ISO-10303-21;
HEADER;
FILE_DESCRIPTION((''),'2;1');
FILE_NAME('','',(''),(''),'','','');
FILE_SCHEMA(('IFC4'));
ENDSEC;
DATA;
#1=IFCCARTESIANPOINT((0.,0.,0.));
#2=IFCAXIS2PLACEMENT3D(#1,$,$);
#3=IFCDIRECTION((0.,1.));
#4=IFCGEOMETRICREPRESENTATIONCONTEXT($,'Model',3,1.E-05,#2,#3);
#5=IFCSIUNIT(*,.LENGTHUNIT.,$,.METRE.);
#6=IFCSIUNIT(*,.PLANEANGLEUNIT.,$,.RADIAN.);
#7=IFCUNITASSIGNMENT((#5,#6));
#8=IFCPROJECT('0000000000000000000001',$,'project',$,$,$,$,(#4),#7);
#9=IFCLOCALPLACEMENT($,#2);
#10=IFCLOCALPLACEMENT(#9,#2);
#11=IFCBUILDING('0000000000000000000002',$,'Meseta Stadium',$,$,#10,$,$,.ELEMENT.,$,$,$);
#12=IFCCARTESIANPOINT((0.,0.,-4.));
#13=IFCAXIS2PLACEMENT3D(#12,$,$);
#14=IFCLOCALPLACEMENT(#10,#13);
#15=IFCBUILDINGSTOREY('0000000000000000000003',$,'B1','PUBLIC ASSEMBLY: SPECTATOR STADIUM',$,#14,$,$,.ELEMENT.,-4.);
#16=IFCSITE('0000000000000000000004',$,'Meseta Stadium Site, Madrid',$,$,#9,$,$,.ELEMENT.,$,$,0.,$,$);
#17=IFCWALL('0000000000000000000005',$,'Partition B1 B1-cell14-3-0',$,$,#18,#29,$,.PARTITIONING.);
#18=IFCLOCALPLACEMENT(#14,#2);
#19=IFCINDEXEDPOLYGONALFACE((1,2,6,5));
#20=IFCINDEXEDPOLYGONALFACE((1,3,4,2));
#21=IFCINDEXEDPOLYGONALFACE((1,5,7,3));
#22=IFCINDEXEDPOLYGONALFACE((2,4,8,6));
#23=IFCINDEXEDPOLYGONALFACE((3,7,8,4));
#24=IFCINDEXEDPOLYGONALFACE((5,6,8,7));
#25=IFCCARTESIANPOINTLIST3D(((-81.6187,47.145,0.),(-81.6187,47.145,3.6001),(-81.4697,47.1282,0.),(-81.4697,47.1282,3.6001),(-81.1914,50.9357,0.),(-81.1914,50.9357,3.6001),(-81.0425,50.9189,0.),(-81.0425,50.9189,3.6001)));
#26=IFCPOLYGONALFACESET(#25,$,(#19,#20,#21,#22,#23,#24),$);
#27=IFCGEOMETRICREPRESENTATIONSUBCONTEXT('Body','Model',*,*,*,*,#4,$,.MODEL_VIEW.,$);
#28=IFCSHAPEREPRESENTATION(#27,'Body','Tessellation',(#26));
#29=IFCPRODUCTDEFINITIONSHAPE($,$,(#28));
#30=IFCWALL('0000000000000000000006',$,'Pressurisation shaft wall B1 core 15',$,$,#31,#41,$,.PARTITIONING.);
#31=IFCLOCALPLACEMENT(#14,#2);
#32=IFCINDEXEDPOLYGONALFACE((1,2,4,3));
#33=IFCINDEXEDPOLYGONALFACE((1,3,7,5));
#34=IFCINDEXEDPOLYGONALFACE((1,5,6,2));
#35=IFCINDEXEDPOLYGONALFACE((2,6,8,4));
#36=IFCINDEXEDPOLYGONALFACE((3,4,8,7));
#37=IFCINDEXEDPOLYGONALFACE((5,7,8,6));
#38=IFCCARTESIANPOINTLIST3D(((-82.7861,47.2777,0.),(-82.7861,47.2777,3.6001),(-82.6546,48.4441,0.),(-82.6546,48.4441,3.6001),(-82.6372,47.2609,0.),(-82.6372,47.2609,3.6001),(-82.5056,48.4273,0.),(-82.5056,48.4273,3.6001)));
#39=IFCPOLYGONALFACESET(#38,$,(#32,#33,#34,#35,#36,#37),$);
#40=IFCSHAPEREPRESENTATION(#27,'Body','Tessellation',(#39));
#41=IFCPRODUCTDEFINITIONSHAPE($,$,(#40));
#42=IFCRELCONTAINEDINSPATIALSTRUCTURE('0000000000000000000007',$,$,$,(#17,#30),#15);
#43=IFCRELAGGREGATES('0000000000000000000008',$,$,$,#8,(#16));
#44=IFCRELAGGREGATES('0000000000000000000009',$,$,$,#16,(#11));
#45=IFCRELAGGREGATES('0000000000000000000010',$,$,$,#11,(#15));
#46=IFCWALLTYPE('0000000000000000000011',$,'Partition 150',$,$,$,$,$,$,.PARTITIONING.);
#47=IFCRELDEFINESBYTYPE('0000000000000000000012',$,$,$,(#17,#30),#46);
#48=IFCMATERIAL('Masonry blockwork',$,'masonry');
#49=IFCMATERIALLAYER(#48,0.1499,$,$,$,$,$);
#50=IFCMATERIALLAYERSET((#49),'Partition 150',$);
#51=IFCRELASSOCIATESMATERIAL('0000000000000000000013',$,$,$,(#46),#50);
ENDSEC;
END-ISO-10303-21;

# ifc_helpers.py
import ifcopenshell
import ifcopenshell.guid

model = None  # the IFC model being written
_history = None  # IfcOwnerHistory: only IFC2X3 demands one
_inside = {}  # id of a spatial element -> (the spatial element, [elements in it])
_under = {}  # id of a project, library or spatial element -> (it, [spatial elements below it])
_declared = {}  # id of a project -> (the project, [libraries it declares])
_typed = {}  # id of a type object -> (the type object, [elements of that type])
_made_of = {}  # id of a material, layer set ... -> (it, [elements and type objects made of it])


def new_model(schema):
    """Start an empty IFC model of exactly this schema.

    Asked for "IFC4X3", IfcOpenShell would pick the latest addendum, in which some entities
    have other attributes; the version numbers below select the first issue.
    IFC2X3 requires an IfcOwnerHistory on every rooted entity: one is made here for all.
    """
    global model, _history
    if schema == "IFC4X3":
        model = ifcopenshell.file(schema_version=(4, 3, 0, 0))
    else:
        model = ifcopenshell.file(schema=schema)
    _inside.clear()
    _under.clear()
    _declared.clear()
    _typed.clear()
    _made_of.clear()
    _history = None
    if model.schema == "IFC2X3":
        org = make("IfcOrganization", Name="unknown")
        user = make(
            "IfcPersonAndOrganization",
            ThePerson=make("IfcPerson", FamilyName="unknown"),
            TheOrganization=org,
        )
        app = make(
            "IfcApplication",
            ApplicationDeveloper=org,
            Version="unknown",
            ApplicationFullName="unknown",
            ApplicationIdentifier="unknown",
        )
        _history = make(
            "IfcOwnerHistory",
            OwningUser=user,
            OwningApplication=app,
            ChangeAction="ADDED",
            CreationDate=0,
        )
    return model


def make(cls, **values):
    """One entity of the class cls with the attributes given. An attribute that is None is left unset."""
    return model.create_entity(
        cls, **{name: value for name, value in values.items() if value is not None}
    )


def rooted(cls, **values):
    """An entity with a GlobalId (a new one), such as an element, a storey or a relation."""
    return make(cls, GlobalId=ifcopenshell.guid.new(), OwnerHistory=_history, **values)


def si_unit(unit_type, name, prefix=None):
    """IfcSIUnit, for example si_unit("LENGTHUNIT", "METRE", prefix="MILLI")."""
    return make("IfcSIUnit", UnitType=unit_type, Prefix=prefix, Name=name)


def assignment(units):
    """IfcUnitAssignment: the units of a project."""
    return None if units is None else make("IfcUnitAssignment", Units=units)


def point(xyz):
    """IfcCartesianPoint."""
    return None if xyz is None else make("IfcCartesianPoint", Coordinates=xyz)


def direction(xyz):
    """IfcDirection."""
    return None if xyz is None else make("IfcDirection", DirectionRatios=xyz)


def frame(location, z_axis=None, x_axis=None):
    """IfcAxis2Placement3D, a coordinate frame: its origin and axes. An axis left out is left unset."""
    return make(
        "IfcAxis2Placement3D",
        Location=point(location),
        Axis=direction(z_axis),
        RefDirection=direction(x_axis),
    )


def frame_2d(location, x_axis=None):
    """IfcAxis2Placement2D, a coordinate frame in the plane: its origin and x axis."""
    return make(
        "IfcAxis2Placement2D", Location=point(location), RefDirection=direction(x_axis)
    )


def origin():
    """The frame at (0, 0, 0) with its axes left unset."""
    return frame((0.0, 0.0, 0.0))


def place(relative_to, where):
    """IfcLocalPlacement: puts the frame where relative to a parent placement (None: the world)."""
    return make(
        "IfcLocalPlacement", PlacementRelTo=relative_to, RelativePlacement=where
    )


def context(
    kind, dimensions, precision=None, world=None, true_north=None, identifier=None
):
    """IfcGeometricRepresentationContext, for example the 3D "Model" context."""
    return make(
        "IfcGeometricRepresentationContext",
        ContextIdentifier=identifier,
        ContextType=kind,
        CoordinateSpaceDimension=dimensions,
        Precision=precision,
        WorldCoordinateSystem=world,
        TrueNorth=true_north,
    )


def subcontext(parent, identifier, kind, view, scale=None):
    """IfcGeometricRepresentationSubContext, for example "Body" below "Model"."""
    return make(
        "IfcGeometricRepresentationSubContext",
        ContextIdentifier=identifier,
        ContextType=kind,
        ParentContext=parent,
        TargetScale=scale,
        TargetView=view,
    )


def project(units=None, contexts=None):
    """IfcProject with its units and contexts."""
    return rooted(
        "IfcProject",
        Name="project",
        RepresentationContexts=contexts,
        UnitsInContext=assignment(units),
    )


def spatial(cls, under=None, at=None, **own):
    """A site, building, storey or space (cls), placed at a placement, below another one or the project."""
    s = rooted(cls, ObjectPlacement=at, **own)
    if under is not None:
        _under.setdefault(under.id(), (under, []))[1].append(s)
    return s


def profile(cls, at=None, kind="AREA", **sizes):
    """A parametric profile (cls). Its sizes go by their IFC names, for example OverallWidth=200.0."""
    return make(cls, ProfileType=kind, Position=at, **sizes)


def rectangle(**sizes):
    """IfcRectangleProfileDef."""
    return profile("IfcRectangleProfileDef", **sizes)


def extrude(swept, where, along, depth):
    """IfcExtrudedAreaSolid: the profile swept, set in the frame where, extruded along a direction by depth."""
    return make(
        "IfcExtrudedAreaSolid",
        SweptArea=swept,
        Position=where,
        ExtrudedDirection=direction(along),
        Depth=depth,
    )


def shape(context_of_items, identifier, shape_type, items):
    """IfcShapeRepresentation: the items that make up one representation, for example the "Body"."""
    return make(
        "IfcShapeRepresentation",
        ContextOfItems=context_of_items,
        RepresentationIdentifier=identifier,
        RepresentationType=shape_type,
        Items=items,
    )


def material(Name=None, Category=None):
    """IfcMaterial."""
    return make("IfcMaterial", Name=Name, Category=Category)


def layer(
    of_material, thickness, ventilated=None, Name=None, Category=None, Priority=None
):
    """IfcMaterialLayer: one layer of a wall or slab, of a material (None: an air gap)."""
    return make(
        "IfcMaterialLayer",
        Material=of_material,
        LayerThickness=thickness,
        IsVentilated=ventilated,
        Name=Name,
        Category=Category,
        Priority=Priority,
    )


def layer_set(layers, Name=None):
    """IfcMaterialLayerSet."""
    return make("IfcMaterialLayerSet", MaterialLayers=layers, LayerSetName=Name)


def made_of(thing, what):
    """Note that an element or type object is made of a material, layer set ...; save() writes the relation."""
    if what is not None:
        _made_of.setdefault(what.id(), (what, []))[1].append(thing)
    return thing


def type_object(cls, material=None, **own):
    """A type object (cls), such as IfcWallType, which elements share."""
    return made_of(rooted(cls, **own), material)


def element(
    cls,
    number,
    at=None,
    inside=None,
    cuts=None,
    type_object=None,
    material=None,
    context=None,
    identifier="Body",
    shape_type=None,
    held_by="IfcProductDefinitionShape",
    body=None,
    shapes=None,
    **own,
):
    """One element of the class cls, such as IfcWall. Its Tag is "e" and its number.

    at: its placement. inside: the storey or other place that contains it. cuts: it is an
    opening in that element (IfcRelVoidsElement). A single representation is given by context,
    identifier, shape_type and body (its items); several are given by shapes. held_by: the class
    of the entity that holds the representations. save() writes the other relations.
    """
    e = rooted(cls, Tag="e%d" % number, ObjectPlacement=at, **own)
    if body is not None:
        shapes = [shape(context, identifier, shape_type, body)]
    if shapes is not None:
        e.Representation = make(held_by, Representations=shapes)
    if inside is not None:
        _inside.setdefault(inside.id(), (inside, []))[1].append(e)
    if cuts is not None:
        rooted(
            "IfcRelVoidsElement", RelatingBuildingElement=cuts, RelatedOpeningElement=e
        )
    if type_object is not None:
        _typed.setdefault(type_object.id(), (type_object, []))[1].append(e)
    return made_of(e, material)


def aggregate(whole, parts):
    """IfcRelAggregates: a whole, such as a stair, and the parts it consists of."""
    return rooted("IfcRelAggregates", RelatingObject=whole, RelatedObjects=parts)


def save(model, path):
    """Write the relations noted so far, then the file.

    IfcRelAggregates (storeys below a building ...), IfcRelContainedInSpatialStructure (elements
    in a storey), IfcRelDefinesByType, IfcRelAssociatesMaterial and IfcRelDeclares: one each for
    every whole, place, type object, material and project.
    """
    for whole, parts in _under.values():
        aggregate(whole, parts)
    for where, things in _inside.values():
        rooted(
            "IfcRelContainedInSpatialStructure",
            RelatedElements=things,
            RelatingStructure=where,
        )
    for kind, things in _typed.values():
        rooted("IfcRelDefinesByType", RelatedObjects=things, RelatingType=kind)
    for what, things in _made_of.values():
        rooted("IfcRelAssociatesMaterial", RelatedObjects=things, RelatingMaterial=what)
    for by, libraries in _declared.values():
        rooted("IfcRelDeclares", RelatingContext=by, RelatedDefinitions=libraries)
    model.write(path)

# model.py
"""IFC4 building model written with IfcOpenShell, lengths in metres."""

from ifc_helpers import new_model, si_unit, direction, frame, frame_2d, origin, place, context, subcontext, project, spatial, rectangle, extrude, material, layer, layer_set, type_object, element, save


model = new_model("IFC4")

# Units and contexts
model_context = context("Model", 3, precision=1e-05, world=origin(), true_north=direction((0.0, 1.0)))
body_context = subcontext(model_context, "Body", "Model", "MODEL_VIEW")
ifc_project = project(units=[si_unit("LENGTHUNIT", "METRE"), si_unit("PLANEANGLEUNIT", "RADIAN")], contexts=[model_context])

# Site, building, storey
site_placement = place(None, origin())
site = spatial("IfcSite", under=ifc_project, at=site_placement, Name="Meseta Stadium Site, Madrid", CompositionType="ELEMENT", RefElevation=0.0)
building_placement = place(site_placement, origin())
building = spatial("IfcBuilding", under=site, at=building_placement, Name="Meseta Stadium", CompositionType="ELEMENT")
storey_placement = place(building_placement, frame((0.0, 0.0, -4.0)))
storey = spatial("IfcBuildingStorey", under=building, at=storey_placement, Name="B1", Description="PUBLIC ASSEMBLY: SPECTATOR STADIUM", CompositionType="ELEMENT", Elevation=-4.0)

# Shared definitions
ifc_material_1 = material(Name="Masonry blockwork", Category="masonry")
ifc_layer = layer(ifc_material_1, 0.1499)
ifc_layer_set = layer_set([ifc_layer], Name="Partition 150")
wall_type = type_object("IfcWallType", Name="Partition 150", PredefinedType="PARTITIONING", material=ifc_layer_set)

# Walls
wall_1_placement = place(storey_placement, frame((-81.5442, 47.1367, 0.0), z_axis=(0.0, 0.0, 1.0), x_axis=(0.111998, 0.993708, 0.0)))
element("IfcWall", 1, at=wall_1_placement, inside=storey, type_object=wall_type, Name="Partition B1 B1-cell14-3-0", PredefinedType="PARTITIONING", context=body_context, shape_type="SweptSolid", body=[
    extrude(rectangle(XDim=3.8147, YDim=0.1499, at=frame_2d((1.9072, 0.0))), origin(), (0.0, 0.0, 1.0), 3.6001),
])
wall_2_placement = place(storey_placement, frame((-82.7117, 47.2693, 0.0), z_axis=(0.0, 0.0, 1.0), x_axis=(0.112098, 0.993697, 0.0)))
element("IfcWall", 2, at=wall_2_placement, inside=storey, type_object=wall_type, Name="Pressurisation shaft wall B1 core 15", PredefinedType="PARTITIONING", context=body_context, shape_type="SweptSolid", body=[
    extrude(rectangle(XDim=1.1738, YDim=0.1499, at=frame_2d((0.5869, 0.0))), origin(), (0.0, 0.0, 1.0), 3.6001),
])

save(model, "model.ifc")
